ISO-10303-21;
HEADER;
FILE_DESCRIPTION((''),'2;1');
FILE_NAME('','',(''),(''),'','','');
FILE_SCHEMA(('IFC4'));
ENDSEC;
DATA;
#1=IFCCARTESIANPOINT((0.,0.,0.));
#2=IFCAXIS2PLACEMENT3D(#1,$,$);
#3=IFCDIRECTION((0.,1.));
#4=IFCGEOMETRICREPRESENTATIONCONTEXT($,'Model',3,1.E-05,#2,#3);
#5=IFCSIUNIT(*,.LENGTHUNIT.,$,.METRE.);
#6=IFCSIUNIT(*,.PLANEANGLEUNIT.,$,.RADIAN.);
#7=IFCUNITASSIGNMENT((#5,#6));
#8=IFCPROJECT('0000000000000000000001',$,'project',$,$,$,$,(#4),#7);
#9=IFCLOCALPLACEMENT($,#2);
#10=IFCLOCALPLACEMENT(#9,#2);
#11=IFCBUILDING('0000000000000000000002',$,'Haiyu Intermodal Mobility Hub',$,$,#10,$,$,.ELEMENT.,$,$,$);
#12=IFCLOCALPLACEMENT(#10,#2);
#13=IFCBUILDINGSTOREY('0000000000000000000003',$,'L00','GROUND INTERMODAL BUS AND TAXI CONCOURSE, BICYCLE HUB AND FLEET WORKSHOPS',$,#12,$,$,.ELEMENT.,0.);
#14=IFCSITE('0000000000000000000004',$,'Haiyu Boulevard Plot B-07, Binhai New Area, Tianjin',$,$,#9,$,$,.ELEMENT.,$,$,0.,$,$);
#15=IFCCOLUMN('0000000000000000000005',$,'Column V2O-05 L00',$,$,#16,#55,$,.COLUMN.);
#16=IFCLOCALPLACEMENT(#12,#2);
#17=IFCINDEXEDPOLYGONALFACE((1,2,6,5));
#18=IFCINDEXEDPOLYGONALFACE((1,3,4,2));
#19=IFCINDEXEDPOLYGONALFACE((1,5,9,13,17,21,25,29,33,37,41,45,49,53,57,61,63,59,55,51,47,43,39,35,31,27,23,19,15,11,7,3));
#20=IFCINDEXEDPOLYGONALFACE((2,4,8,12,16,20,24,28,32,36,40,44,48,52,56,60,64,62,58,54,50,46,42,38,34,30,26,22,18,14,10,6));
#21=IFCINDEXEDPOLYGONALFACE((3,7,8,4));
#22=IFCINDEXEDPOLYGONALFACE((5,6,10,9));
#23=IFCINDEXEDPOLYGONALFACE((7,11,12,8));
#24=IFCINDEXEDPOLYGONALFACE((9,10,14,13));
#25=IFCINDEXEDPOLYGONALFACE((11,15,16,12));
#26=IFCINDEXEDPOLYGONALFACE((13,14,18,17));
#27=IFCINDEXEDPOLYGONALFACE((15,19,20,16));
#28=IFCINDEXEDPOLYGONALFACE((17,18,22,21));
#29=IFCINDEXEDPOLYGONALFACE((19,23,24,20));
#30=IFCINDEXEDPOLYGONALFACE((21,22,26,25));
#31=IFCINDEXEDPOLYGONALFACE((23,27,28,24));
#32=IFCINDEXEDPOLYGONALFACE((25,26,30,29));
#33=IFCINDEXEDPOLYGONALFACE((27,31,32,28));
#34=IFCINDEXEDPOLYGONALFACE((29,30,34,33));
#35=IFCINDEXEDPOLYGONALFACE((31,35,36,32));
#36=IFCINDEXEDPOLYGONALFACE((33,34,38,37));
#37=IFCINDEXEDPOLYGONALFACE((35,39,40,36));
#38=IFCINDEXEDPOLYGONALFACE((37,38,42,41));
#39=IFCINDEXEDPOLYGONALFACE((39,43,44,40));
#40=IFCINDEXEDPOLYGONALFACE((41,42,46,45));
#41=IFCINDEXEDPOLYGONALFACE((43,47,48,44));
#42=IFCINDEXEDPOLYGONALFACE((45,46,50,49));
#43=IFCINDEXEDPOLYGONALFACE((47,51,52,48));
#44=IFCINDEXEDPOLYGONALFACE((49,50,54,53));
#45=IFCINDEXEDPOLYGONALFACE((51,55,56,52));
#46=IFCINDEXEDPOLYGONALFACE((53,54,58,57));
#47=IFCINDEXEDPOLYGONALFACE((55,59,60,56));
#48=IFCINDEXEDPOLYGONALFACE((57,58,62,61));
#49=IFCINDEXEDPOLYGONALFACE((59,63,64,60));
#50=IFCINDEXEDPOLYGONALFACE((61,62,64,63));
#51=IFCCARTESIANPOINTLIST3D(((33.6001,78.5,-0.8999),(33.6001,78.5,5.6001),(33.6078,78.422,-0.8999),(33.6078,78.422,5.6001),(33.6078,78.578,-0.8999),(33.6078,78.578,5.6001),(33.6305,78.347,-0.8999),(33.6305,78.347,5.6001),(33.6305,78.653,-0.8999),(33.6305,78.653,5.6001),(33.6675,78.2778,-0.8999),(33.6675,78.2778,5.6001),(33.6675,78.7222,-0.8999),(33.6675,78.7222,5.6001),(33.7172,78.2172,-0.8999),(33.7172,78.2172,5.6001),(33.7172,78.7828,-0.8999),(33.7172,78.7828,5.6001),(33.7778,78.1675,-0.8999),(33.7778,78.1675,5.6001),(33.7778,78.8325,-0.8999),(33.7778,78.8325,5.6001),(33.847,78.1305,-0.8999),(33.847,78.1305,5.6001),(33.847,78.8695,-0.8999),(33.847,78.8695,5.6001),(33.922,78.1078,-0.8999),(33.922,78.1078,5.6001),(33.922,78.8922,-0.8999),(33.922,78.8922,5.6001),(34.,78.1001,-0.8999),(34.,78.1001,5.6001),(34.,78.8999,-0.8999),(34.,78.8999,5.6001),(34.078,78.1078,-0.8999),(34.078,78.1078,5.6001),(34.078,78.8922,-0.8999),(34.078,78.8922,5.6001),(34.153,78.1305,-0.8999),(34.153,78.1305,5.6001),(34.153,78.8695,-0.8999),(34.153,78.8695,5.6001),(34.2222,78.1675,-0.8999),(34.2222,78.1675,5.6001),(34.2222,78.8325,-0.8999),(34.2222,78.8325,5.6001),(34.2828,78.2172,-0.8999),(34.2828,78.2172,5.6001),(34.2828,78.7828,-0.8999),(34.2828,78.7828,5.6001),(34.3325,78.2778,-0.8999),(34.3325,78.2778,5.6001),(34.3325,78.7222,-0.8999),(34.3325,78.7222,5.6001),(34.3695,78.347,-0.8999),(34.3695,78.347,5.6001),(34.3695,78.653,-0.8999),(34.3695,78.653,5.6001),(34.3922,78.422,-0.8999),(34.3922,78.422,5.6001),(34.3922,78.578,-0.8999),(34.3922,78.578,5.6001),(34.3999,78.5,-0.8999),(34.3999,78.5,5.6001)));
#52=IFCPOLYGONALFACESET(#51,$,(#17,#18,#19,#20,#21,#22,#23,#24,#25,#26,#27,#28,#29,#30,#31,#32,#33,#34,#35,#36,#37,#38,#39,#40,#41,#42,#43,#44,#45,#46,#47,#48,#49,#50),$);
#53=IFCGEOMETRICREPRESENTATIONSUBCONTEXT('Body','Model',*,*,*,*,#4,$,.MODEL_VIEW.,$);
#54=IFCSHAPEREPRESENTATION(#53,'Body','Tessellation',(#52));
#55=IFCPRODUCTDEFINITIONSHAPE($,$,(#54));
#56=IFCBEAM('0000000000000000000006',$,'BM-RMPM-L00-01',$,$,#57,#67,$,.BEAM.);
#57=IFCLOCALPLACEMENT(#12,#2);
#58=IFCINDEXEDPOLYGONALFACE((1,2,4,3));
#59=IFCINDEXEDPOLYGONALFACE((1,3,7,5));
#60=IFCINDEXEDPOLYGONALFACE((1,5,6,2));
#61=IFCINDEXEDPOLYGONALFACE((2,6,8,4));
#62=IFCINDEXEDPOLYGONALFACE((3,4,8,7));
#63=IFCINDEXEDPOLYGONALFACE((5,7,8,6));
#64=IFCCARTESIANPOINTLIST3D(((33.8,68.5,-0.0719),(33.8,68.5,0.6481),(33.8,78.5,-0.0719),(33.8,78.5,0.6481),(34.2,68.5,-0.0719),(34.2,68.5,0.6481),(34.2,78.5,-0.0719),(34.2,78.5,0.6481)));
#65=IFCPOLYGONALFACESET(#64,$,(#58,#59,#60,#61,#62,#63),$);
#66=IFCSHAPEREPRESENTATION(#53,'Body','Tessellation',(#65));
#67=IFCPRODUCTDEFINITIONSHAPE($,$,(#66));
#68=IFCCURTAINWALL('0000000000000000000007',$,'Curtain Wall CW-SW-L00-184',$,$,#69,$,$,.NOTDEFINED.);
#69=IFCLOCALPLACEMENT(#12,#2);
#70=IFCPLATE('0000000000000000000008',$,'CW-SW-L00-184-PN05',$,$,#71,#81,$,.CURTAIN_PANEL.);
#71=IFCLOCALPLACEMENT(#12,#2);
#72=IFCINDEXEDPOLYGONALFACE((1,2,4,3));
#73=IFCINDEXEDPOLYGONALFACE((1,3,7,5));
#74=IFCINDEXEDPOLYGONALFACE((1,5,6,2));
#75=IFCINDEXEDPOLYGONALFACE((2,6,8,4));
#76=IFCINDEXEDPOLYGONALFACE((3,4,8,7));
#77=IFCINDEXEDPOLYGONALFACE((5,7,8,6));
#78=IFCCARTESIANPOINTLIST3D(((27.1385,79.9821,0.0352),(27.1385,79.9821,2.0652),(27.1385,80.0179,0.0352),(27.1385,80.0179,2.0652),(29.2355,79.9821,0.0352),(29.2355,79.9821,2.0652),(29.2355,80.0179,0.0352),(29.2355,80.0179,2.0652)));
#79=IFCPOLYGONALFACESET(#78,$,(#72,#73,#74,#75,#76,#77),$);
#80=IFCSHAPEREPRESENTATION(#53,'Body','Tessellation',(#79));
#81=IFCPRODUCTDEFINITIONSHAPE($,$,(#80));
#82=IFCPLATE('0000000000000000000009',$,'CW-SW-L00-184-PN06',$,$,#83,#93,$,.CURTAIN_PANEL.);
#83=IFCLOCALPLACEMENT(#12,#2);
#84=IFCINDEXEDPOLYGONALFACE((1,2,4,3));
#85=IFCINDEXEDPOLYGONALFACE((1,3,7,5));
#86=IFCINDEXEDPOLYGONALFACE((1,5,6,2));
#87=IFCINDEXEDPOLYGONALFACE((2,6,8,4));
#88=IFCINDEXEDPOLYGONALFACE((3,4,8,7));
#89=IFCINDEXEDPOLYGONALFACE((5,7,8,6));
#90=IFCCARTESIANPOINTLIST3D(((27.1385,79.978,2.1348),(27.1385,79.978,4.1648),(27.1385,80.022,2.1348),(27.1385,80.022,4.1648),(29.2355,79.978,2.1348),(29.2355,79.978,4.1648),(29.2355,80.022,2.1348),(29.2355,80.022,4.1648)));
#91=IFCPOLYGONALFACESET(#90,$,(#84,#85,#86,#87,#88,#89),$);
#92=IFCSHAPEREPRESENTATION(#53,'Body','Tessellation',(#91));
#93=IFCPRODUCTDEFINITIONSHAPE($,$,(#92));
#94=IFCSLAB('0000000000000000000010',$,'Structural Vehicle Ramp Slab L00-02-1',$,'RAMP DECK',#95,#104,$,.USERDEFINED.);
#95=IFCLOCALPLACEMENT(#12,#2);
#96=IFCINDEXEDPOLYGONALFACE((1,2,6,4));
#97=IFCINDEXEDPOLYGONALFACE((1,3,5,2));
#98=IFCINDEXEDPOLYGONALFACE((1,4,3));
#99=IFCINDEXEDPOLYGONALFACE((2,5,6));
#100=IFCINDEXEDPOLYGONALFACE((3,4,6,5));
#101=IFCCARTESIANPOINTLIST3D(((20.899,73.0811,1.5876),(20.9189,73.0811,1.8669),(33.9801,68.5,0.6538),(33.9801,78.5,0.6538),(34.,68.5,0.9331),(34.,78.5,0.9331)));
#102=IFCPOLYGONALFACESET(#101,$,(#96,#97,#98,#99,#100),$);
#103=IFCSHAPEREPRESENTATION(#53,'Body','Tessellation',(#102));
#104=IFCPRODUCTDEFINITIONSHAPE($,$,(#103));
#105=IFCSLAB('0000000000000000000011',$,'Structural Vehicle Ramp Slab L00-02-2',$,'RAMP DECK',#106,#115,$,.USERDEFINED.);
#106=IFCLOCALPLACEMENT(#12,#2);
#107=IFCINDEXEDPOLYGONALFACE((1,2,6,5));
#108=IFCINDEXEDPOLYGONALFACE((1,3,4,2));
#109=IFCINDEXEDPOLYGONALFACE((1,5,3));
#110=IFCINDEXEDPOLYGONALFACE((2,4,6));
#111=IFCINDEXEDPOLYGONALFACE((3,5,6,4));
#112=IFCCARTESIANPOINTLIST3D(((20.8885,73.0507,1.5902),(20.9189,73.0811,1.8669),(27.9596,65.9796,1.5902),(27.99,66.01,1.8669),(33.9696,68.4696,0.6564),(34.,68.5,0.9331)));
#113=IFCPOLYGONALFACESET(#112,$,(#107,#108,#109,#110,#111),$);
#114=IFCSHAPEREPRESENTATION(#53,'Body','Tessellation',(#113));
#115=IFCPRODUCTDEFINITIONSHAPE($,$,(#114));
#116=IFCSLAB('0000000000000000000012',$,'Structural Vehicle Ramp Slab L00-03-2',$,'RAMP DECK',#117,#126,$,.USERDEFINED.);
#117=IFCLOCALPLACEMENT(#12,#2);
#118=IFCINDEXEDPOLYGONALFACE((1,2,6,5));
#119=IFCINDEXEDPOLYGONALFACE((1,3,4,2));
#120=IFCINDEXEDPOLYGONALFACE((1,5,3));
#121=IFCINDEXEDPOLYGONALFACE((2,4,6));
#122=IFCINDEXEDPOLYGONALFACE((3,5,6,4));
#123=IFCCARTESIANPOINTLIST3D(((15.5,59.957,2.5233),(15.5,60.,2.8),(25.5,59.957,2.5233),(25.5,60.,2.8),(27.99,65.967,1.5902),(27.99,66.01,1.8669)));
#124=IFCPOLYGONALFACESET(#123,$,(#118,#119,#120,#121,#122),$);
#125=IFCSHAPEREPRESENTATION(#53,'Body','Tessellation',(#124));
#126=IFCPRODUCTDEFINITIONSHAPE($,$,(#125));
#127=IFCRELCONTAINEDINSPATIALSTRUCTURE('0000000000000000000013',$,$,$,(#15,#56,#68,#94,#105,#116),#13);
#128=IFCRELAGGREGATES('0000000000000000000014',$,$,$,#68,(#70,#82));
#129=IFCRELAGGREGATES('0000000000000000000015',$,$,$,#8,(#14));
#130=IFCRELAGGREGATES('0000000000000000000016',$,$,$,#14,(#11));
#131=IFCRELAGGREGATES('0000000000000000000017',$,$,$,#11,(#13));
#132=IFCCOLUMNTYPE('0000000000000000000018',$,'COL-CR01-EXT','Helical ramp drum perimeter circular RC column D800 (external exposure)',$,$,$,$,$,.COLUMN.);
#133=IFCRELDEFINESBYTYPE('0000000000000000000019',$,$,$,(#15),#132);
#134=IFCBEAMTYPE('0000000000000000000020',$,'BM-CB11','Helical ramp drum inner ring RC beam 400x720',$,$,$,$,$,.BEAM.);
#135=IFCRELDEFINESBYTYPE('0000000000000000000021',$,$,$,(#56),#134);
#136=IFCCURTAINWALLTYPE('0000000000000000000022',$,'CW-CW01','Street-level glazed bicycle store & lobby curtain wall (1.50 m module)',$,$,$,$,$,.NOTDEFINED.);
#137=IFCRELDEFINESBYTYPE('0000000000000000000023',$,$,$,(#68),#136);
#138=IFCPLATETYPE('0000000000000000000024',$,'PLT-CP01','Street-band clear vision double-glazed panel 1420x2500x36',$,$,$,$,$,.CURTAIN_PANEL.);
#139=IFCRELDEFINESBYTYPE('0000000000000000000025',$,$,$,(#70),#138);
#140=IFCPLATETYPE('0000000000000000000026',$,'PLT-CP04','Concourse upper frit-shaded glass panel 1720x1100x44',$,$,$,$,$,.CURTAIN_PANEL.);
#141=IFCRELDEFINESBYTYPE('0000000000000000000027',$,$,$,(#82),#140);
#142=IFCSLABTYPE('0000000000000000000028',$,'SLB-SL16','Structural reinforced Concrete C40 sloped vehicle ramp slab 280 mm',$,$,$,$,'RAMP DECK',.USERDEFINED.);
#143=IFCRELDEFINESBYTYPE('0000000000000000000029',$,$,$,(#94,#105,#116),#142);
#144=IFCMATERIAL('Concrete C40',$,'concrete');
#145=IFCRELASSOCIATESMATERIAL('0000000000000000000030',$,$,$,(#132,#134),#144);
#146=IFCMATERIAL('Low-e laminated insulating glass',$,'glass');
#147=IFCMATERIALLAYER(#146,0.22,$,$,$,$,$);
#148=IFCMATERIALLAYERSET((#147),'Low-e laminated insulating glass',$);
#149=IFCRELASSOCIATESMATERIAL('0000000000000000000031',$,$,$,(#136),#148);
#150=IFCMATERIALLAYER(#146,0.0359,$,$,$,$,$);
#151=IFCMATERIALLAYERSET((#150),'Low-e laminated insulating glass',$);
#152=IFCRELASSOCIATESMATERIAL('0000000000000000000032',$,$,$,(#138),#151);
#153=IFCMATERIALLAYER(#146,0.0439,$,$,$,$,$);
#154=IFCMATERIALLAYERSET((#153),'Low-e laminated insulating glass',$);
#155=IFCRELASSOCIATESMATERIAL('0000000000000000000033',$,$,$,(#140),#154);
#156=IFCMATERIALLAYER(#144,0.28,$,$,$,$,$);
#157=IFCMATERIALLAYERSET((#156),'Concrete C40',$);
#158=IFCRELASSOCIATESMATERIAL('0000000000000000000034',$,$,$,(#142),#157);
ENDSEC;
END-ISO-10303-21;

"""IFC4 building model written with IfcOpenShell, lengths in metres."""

from ifc_helpers import new_model, si_unit, direction, frame, origin, origin_2d, place, context, subcontext, project, spatial, polyline, rectangle, circle, outline, extrude, material, layer, layer_set, material_profile, profile_set, type_object, element, aggregate, save


model = new_model("IFC4")

# Units and contexts
model_context = context("Model", 3, precision=1e-05, world=origin(), true_north=direction((0.0, 1.0)))
body_context = subcontext(model_context, "Body", "Model", "MODEL_VIEW")
ifc_project = project(units=[si_unit("LENGTHUNIT", "METRE"), si_unit("PLANEANGLEUNIT", "RADIAN")], contexts=[model_context])

# Site, building, storey
site_placement = place(None, origin())
site = spatial("IfcSite", under=ifc_project, at=site_placement, Name="Haiyu Boulevard Plot B-07, Binhai New Area, Tianjin", CompositionType="ELEMENT", RefElevation=0.0)
building_placement = place(site_placement, origin())
building = spatial("IfcBuilding", under=site, at=building_placement, Name="Haiyu Intermodal Mobility Hub", CompositionType="ELEMENT")
storey_placement = place(building_placement, origin())
storey = spatial("IfcBuildingStorey", under=building, at=storey_placement, Name="L00", Description="GROUND INTERMODAL BUS AND TAXI CONCOURSE, BICYCLE HUB AND FLEET WORKSHOPS", CompositionType="ELEMENT", Elevation=0.0)

# Shared definitions
ifc_material_1 = material(Name="Concrete C40", Category="concrete")

# Column
ifc_material_profile_1 = material_profile(ifc_material_1, circle(Radius=0.3999, at=origin_2d()), Name="RCCOL-D800")
ifc_profile_set_1 = profile_set([ifc_material_profile_1], Name="Concrete C40")
column_type_1 = type_object("IfcColumnType", Name="COL-CR01-EXT", Description="Helical ramp drum perimeter circular RC column D800 (external exposure)", PredefinedType="COLUMN", material=ifc_profile_set_1)
column_1_placement = place(storey_placement, frame((34.0, 78.5, -0.8999), z_axis=(0.0, 0.0, 1.0), x_axis=(1.0, 0.0, 0.0)))
element("IfcColumn", 1, at=column_1_placement, inside=storey, type_object=column_type_1, Name="Column V2O-05 L00", PredefinedType="COLUMN", context=body_context, shape_type="SweptSolid", body=[
    extrude(circle(Radius=0.3999, at=origin_2d()), origin(), (0.0, 0.0, 1.0), 6.5),
])

# Beam
ifc_material_profile_2 = material_profile(ifc_material_1, rectangle(XDim=0.3999, YDim=0.72, at=origin_2d()), Name="RCB400x720")
ifc_profile_set_2 = profile_set([ifc_material_profile_2], Name="Concrete C40")
beam_type = type_object("IfcBeamType", Name="BM-CB11", Description="Helical ramp drum inner ring RC beam 400x720", PredefinedType="BEAM", material=ifc_profile_set_2)
beam_placement = place(storey_placement, frame((34.0, 68.5, 0.2881), z_axis=(0.0, 1.0, 0.0), x_axis=(-1.0, 0.0, 0.0)))
element("IfcBeam", 2, at=beam_placement, inside=storey, type_object=beam_type, Name="BM-RMPM-L00-01", PredefinedType="BEAM", context=body_context, shape_type="SweptSolid", body=[
    extrude(rectangle(XDim=0.3999, YDim=0.72, at=origin_2d()), origin(), (0.0, 0.0, 1.0), 10.0),
])

# Curtain wall, plates
ifc_material_2 = material(Name="Low-e laminated insulating glass", Category="glass")
ifc_layer_1 = layer(ifc_material_2, 0.22)
ifc_layer_set_1 = layer_set([ifc_layer_1], Name="Low-e laminated insulating glass")
curtain_wall_type = type_object("IfcCurtainWallType", Name="CW-CW01", Description="Street-level glazed bicycle store & lobby curtain wall (1.50 m module)", PredefinedType="NOTDEFINED", material=ifc_layer_set_1)
curtain_wall_placement = place(storey_placement, origin())
curtain_wall = element("IfcCurtainWall", 3, at=curtain_wall_placement, inside=storey, type_object=curtain_wall_type, Name="Curtain Wall CW-SW-L00-184", PredefinedType="NOTDEFINED")
ifc_layer_2 = layer(ifc_material_2, 0.0359)
ifc_layer_set_2 = layer_set([ifc_layer_2], Name="Low-e laminated insulating glass")
plate_type_1 = type_object("IfcPlateType", Name="PLT-CP01", Description="Street-band clear vision double-glazed panel 1420x2500x36", PredefinedType="CURTAIN_PANEL", material=ifc_layer_set_2)
plate_1_placement = place(storey_placement, frame((28.187, 80.0, 0.0352), z_axis=(0.0, 0.0, 1.0), x_axis=(1.0, 0.0, 0.0)))
plate_1 = element("IfcPlate", 4, at=plate_1_placement, type_object=plate_type_1, Name="CW-SW-L00-184-PN05", PredefinedType="CURTAIN_PANEL", context=body_context, shape_type="SweptSolid", body=[
    extrude(rectangle(XDim=2.0969, YDim=0.0359, at=origin_2d()), origin(), (0.0, 0.0, 1.0), 2.03),
])
ifc_layer_3 = layer(ifc_material_2, 0.0439)
ifc_layer_set_3 = layer_set([ifc_layer_3], Name="Low-e laminated insulating glass")
plate_type_2 = type_object("IfcPlateType", Name="PLT-CP04", Description="Concourse upper frit-shaded glass panel 1720x1100x44", PredefinedType="CURTAIN_PANEL", material=ifc_layer_set_3)
plate_2_placement = place(storey_placement, frame((28.187, 80.0, 2.1348), z_axis=(0.0, 0.0, 1.0), x_axis=(1.0, 0.0, 0.0)))
plate_2 = element("IfcPlate", 5, at=plate_2_placement, type_object=plate_type_2, Name="CW-SW-L00-184-PN06", PredefinedType="CURTAIN_PANEL", context=body_context, shape_type="SweptSolid", body=[
    extrude(rectangle(XDim=2.0969, YDim=0.0439, at=origin_2d()), origin(), (0.0, 0.0, 1.0), 2.03),
])
aggregate(curtain_wall, [plate_1, plate_2])

# Slabs
ifc_layer_4 = layer(ifc_material_1, 0.28)
ifc_layer_set_4 = layer_set([ifc_layer_4], Name="Concrete C40")
slab_type = type_object("IfcSlabType", Name="SLB-SL16", Description="Structural reinforced Concrete C40 sloped vehicle ramp slab 280 mm", ElementType="RAMP DECK", PredefinedType="USERDEFINED", material=ifc_layer_set_4)
slab_1_placement = place(storey_placement, frame((34.0, 68.5, 0.9331), z_axis=(0.071207, 0.0, 0.997462), x_axis=(0.0, 1.0, 0.0)))
element("IfcSlab", 6, at=slab_1_placement, inside=storey, type_object=slab_type, Name="Structural Vehicle Ramp Slab L00-02-1", ObjectType="RAMP DECK", PredefinedType="USERDEFINED", context=body_context, shape_type="SweptSolid", body=[
    extrude(outline(polyline([(0.0, 0.0), (10.0, 0.0), (4.5811, 13.1143), (0.0, 0.0)])), origin(), (0.0, 0.0, -1.0), 0.28),
])
slab_2_placement = place(storey_placement, frame((34.0, 68.5, 0.9331), z_axis=(0.108561, 0.108561, 0.988144), x_axis=(-0.941663, 0.329775, 0.067224)))
element("IfcSlab", 7, at=slab_2_placement, inside=storey, type_object=slab_type, Name="Structural Vehicle Ramp Slab L00-02-2", ObjectType="RAMP DECK", PredefinedType="USERDEFINED", context=body_context, shape_type="SweptSolid", body=[
    extrude(outline(polyline([(0.0, 0.0), (13.8914, 0.0), (4.901, 4.3786), (0.0, 0.0)])), origin(), (0.0, 0.0, -1.0), 0.28),
])
slab_3_placement = place(storey_placement, frame((27.99, 66.01, 1.8669), z_axis=(0.0, 0.15342, 0.988161), x_axis=(-0.899071, -0.43262, 0.067168)))
element("IfcSlab", 8, at=slab_3_placement, inside=storey, type_object=slab_type, Name="Structural Vehicle Ramp Slab L00-03-2", ObjectType="RAMP DECK", PredefinedType="USERDEFINED", context=body_context, shape_type="SweptSolid", body=[
    extrude(outline(polyline([(0.0, 0.0), (13.8921, 0.0), (4.9014, 4.378), (0.0, 0.0)])), origin(), (0.0, 0.0, -1.0), 0.28),
])

save(model, "model.ifc")
